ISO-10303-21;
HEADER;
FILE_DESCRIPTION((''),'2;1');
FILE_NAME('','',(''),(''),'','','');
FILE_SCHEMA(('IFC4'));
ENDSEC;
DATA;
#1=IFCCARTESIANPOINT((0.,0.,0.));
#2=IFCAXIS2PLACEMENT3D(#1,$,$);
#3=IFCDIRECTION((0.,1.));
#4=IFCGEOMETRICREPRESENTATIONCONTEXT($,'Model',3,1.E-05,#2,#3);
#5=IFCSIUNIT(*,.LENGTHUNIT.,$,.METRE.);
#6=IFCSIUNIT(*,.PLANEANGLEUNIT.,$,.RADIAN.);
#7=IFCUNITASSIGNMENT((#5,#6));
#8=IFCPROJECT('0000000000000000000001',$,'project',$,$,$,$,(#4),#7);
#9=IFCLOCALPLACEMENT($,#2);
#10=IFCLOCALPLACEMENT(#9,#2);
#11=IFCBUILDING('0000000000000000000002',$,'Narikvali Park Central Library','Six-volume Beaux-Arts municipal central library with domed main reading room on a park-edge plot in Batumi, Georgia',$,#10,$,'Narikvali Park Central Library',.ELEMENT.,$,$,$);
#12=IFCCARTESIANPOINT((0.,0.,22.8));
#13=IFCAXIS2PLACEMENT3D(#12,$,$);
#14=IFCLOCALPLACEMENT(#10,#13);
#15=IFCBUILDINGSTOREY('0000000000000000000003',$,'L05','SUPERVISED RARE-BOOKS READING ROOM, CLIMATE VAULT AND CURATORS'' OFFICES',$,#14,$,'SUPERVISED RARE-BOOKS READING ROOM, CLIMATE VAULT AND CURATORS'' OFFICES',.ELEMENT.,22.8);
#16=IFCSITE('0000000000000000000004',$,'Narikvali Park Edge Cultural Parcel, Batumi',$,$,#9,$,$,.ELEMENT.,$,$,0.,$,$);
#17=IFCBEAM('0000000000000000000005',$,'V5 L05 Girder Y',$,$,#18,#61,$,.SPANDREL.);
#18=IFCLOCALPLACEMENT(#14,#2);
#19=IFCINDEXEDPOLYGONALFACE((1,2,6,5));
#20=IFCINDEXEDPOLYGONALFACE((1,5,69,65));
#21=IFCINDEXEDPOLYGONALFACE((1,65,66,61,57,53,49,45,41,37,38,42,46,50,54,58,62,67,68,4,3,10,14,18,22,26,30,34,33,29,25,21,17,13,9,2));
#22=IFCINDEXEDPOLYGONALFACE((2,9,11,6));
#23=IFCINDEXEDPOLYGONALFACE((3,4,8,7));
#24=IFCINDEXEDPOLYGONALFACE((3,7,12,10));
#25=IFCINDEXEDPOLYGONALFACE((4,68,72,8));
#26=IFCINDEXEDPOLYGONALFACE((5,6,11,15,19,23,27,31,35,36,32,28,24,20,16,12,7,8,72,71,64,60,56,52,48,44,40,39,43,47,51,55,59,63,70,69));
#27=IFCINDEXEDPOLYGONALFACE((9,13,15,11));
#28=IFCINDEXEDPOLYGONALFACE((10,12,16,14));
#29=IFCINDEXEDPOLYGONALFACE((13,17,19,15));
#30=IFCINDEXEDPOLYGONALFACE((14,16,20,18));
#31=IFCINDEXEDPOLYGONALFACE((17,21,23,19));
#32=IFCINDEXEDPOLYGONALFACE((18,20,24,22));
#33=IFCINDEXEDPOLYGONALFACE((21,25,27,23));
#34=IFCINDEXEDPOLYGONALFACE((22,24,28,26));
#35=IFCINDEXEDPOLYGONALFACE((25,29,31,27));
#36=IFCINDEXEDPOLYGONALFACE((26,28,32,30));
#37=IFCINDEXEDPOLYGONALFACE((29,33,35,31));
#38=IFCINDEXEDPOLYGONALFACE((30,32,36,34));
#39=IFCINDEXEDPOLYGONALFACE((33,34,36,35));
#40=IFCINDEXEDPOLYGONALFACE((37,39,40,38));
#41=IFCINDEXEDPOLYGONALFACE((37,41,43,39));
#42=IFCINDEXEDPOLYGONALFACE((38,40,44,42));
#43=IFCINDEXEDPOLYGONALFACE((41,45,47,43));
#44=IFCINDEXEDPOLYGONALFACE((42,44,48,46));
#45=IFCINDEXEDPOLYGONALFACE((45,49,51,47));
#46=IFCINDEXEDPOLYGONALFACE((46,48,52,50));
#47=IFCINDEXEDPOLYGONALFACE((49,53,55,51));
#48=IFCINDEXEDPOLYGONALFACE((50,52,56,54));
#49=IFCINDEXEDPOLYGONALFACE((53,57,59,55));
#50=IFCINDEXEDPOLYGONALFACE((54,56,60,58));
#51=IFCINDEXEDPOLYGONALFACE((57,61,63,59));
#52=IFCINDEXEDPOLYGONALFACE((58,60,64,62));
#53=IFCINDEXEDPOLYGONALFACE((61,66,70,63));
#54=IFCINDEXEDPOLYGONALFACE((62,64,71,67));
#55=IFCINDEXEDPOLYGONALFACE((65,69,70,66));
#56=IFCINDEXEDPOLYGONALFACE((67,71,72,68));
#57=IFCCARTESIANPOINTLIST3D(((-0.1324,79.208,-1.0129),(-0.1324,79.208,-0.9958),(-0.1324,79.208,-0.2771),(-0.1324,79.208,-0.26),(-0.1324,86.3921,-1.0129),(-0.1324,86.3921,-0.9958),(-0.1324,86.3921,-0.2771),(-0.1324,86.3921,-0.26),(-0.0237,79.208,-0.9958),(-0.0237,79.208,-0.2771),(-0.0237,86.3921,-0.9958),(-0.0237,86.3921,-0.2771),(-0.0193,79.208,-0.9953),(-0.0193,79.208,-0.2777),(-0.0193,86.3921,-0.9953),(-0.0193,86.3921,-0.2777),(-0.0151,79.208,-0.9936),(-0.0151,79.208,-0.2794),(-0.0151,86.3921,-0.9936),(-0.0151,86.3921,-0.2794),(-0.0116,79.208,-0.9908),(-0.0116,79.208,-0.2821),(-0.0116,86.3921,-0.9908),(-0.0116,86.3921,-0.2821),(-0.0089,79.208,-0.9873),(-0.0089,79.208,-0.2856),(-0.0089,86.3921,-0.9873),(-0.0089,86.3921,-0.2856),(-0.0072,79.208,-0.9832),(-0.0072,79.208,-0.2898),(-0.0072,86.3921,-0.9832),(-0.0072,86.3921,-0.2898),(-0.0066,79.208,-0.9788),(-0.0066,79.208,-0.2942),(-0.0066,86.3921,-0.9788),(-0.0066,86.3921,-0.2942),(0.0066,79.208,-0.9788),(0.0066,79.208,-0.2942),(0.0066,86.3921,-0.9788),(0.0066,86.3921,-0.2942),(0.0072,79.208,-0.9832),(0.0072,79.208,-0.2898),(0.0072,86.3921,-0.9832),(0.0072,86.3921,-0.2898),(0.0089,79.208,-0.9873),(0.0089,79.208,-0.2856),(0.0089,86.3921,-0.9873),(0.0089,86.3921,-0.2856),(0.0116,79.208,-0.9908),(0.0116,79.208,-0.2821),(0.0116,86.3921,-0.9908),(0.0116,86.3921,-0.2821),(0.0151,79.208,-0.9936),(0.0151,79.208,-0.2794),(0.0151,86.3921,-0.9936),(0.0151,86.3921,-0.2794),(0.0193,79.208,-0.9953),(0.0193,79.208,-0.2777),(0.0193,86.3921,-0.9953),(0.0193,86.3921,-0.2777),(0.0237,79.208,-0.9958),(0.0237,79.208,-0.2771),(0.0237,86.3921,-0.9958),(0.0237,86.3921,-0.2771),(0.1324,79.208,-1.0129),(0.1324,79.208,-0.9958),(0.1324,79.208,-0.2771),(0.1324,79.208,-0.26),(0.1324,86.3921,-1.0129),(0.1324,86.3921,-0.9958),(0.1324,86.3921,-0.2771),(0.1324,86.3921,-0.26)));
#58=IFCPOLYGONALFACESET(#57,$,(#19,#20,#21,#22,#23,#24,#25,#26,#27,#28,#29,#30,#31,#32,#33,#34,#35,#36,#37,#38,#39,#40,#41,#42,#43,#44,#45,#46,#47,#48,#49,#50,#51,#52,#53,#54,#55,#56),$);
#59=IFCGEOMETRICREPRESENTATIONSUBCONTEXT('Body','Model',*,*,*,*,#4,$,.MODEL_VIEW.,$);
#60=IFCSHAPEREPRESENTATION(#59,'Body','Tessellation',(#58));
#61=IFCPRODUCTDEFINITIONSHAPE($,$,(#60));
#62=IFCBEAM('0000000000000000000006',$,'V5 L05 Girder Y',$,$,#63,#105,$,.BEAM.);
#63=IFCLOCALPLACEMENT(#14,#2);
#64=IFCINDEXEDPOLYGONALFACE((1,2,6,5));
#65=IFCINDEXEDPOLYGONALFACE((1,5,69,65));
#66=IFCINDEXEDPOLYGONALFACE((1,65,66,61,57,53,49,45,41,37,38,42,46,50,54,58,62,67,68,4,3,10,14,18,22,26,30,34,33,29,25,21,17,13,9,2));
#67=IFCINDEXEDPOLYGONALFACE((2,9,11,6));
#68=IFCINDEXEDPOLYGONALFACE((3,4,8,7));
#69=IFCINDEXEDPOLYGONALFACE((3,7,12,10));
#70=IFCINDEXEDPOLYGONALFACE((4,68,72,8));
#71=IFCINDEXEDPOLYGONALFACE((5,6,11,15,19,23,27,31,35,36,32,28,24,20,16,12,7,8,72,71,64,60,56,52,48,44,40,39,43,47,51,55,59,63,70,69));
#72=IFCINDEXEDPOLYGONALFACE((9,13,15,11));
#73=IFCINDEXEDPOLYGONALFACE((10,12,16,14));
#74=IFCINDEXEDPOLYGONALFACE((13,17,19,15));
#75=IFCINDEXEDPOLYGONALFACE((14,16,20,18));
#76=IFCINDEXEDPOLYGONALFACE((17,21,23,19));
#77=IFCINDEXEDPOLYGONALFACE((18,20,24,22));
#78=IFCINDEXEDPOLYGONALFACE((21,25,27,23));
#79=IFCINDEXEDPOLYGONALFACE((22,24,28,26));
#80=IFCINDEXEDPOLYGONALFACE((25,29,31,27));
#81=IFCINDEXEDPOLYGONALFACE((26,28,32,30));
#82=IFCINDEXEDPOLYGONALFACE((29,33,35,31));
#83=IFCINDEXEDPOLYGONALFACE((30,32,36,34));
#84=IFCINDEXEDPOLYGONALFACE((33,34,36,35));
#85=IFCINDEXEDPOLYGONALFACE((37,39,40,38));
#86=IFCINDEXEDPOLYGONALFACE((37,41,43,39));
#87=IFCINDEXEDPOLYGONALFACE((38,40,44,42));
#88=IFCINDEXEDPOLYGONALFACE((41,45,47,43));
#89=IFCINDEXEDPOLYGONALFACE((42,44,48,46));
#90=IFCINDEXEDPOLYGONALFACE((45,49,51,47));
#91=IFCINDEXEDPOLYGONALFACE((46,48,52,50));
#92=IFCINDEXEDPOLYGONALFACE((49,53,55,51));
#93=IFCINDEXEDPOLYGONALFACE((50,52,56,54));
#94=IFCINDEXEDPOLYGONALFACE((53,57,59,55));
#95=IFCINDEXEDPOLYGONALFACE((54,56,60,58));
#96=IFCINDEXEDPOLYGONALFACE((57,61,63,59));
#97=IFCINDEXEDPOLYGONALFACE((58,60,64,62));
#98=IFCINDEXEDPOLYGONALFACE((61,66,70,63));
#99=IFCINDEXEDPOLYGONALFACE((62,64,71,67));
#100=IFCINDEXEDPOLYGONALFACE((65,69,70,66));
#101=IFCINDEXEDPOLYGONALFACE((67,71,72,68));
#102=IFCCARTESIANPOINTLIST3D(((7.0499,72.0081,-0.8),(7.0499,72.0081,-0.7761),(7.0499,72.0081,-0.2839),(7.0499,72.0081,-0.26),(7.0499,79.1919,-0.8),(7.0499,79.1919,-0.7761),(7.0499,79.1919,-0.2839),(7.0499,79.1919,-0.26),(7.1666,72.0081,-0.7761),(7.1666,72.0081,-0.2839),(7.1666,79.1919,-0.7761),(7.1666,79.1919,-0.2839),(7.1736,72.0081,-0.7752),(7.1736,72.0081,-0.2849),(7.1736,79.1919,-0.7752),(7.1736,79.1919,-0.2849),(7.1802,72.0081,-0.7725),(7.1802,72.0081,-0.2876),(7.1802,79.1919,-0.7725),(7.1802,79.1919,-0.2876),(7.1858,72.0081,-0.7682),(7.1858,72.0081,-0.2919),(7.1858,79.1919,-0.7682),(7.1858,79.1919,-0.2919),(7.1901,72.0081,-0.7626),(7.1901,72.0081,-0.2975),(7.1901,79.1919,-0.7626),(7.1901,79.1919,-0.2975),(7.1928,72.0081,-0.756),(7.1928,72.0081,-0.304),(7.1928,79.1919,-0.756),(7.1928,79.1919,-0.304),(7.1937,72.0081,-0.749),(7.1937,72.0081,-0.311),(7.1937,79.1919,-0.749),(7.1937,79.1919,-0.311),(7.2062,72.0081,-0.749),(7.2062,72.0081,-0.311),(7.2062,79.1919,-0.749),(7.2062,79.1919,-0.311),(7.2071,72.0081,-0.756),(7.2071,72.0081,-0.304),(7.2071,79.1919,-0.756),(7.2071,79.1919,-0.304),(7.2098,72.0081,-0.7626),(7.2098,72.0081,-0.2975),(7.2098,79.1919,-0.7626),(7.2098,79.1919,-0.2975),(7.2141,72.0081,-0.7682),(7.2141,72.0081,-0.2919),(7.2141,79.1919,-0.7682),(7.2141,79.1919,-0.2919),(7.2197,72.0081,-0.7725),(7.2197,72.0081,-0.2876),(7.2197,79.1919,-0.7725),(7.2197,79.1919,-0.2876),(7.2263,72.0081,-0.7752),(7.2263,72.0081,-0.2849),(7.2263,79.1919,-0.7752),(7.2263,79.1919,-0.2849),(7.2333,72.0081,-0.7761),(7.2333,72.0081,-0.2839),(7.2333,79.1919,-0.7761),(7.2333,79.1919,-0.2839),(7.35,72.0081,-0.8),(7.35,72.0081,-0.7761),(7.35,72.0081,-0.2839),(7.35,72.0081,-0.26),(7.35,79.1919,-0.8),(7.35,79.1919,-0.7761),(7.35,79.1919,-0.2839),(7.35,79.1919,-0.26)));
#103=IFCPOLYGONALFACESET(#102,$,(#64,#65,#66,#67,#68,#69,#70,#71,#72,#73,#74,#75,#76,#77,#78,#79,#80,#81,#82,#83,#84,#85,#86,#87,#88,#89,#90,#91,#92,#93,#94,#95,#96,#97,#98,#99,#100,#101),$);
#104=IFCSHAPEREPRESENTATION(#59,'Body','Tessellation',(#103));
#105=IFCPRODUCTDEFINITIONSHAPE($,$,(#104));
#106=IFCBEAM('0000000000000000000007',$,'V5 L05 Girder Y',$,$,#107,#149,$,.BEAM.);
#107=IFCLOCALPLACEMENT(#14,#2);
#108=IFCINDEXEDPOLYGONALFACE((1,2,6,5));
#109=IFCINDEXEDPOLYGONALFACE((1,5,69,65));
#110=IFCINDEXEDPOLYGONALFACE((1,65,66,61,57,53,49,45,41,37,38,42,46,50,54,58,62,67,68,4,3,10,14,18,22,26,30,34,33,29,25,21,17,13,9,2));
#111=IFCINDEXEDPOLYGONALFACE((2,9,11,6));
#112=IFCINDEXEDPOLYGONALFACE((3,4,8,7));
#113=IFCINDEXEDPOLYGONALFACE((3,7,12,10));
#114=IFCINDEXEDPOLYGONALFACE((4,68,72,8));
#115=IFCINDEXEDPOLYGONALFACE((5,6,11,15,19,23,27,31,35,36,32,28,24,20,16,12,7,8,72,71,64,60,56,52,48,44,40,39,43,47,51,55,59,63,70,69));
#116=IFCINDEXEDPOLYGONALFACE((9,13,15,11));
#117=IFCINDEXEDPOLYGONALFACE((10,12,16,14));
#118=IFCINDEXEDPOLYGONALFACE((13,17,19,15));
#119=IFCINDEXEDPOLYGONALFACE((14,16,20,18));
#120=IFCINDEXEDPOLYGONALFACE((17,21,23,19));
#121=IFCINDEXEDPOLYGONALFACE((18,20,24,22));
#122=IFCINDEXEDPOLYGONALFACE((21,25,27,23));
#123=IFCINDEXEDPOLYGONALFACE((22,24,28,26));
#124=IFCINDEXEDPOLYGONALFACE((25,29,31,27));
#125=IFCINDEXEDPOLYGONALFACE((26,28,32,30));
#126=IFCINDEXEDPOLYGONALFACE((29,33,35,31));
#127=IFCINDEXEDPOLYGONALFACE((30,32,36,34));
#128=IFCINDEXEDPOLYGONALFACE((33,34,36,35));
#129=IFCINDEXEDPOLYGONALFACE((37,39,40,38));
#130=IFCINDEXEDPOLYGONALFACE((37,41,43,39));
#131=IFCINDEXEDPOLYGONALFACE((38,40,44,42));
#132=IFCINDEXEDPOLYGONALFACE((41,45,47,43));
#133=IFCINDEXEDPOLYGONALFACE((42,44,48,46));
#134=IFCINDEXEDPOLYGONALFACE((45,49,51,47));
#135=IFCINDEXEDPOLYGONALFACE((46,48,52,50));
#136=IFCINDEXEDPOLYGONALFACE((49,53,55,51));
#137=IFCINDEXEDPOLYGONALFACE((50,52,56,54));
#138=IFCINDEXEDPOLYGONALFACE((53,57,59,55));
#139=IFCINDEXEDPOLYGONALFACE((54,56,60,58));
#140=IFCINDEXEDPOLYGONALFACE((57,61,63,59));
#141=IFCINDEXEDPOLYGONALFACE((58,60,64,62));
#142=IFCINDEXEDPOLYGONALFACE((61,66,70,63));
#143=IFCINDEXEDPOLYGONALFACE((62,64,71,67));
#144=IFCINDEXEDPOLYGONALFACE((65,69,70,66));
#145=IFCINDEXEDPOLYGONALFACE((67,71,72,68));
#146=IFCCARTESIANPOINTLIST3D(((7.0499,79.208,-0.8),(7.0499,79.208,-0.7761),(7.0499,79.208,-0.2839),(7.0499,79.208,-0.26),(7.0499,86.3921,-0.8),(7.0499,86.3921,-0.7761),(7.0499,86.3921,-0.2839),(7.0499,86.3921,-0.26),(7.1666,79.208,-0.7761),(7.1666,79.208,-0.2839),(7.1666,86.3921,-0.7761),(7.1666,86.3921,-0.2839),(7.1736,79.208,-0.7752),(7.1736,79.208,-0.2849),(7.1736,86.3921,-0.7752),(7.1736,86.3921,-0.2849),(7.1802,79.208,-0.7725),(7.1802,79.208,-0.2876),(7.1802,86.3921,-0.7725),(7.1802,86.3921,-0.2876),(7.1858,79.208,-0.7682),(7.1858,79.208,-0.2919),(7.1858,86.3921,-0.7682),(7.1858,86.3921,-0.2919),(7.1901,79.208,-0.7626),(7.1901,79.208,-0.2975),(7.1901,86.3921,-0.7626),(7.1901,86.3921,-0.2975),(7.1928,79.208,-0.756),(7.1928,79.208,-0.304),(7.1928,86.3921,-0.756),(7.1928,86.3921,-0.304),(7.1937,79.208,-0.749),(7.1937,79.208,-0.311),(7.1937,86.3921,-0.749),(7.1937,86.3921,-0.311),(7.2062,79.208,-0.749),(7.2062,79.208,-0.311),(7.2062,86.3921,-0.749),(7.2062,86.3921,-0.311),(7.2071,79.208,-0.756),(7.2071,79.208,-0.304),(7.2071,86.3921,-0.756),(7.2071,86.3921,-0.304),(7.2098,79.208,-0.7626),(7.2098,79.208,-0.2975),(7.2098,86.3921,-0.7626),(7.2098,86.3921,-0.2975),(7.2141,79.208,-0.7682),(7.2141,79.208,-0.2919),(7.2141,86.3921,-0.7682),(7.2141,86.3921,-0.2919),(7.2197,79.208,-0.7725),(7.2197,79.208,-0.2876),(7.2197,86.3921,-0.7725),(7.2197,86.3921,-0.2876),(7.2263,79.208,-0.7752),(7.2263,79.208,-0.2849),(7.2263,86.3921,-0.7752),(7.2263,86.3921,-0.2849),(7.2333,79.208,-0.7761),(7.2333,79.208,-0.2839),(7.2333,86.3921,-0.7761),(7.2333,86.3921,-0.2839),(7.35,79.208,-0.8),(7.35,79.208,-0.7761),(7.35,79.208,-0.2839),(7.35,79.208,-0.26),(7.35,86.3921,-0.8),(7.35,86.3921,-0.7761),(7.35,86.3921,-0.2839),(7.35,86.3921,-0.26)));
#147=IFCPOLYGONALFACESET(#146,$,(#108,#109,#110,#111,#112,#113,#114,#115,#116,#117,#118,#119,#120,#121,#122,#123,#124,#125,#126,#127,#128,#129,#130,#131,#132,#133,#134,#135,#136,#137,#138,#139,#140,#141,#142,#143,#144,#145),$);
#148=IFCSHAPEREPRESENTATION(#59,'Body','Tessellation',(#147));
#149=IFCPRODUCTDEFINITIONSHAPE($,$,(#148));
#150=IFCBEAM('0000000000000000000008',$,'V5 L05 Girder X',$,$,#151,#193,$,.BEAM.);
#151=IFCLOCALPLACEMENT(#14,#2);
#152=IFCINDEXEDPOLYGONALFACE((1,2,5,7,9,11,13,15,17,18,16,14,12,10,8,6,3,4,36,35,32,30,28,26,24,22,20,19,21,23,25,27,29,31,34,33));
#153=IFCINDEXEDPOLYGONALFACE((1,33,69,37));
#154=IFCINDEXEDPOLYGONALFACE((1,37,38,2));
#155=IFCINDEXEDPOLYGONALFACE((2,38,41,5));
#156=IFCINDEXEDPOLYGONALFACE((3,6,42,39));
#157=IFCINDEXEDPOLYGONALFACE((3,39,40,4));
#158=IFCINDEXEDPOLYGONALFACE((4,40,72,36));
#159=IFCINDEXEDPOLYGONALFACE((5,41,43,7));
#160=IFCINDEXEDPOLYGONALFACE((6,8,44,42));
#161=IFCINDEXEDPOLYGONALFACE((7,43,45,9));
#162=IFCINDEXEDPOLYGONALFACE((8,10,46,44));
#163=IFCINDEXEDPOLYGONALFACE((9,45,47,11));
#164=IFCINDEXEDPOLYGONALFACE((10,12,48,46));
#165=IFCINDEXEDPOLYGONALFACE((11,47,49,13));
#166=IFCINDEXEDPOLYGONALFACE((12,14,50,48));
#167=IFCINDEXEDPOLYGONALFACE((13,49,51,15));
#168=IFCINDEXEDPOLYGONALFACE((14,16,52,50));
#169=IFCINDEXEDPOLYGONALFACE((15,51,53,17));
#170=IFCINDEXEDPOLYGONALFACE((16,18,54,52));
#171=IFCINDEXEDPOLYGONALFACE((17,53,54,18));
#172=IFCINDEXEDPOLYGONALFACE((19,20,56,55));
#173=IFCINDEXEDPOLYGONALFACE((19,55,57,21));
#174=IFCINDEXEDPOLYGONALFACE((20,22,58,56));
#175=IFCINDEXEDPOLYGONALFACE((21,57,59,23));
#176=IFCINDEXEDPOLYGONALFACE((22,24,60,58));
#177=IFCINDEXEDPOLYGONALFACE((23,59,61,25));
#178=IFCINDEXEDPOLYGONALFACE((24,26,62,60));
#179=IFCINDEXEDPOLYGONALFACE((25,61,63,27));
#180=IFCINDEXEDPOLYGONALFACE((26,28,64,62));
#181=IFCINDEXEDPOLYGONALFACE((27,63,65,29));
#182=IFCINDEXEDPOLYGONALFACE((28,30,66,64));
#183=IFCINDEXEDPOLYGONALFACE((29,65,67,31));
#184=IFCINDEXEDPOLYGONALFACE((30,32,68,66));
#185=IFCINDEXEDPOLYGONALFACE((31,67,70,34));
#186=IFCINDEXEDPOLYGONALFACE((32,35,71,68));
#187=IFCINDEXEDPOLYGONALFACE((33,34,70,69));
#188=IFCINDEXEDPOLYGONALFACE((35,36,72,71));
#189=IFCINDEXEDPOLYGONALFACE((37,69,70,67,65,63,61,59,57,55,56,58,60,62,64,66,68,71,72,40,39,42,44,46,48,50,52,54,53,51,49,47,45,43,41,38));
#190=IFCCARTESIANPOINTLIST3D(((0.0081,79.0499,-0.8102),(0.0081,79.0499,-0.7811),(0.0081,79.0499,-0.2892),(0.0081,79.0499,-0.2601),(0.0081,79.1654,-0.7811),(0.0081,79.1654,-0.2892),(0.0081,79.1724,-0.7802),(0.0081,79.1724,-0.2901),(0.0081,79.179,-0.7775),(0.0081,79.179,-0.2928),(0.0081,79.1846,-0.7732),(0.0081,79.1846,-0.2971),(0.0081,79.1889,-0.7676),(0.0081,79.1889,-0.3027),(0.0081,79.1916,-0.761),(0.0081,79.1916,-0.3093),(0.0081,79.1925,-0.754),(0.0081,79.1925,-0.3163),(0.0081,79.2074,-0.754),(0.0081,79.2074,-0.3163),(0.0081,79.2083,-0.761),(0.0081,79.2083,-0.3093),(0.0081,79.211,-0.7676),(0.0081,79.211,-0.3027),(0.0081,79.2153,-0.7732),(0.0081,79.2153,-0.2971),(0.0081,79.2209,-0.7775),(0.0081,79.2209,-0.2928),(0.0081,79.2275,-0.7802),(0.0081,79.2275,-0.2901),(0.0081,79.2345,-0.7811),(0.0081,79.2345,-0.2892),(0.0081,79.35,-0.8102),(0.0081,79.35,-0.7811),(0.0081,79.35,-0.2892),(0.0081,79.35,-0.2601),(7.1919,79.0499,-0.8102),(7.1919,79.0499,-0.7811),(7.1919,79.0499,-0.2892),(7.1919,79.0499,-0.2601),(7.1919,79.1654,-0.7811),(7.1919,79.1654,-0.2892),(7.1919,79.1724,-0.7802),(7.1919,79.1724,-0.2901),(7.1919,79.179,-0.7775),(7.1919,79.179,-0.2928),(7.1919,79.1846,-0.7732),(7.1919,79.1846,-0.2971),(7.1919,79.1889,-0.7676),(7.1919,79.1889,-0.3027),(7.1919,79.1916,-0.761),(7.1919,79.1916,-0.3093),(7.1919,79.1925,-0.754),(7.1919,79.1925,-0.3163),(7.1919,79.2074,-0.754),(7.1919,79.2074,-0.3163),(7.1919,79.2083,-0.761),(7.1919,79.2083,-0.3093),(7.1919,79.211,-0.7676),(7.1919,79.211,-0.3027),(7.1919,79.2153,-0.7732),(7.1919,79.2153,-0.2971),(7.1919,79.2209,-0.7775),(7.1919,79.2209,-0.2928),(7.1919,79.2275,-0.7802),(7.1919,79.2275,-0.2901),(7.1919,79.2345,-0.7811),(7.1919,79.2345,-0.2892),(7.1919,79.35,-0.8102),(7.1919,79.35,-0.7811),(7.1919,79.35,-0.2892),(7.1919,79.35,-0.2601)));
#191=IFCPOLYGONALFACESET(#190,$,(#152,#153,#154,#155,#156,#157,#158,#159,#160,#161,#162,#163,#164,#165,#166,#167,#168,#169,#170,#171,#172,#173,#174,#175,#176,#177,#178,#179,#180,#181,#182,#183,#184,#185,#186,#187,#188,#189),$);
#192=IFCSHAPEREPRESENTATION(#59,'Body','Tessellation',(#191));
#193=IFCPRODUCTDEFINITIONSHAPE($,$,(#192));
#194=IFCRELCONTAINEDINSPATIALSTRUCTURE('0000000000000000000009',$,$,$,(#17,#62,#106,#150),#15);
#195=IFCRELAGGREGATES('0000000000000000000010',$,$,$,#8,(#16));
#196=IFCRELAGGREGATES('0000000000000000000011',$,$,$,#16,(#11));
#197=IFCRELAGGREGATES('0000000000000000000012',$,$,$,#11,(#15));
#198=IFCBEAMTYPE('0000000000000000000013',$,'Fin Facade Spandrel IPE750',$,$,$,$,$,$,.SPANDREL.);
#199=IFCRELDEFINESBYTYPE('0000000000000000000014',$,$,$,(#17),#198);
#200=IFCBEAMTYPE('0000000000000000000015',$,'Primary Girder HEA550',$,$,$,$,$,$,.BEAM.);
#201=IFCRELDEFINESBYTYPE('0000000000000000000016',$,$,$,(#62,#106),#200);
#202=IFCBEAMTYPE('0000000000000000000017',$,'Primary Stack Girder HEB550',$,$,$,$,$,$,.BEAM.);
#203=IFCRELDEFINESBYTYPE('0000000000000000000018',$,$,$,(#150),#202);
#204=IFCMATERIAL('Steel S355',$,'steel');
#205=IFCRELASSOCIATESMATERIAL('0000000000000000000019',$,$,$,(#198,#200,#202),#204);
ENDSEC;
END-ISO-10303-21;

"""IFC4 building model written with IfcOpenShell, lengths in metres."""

from ifc_helpers import new_model, si_unit, direction, frame, origin, origin_2d, place, context, subcontext, project, spatial, i_section, extrude, material, material_profile, profile_set, type_object, element, save


model = new_model("IFC4")

# Units and contexts
model_context = context("Model", 3, precision=1e-05, world=origin(), true_north=direction((0.0, 1.0)))
body_context = subcontext(model_context, "Body", "Model", "MODEL_VIEW")
ifc_project = project(units=[si_unit("LENGTHUNIT", "METRE"), si_unit("PLANEANGLEUNIT", "RADIAN")], contexts=[model_context])

# Site, building, storey
site_placement = place(None, origin())
site = spatial("IfcSite", under=ifc_project, at=site_placement, Name="Narikvali Park Edge Cultural Parcel, Batumi", CompositionType="ELEMENT", RefElevation=0.0)
building_placement = place(site_placement, origin())
building = spatial("IfcBuilding", under=site, at=building_placement, Name="Narikvali Park Central Library", Description="Six-volume Beaux-Arts municipal central library with domed main reading room on a park-edge plot in Batumi, Georgia", LongName="Narikvali Park Central Library", CompositionType="ELEMENT")
storey_placement = place(building_placement, frame((0.0, 0.0, 22.8)))
storey = spatial("IfcBuildingStorey", under=building, at=storey_placement, Name="L05", Description="SUPERVISED RARE-BOOKS READING ROOM, CLIMATE VAULT AND CURATORS' OFFICES", LongName="SUPERVISED RARE-BOOKS READING ROOM, CLIMATE VAULT AND CURATORS' OFFICES", CompositionType="ELEMENT", Elevation=22.8)

# Shared definitions
ifc_material_1 = material(Name="Steel S355", Category="steel")

# Beams
ifc_material_profile_1 = material_profile(ifc_material_1, i_section(OverallWidth=0.2649, OverallDepth=0.7529, WebThickness=0.0132, FlangeThickness=0.0171, FilletRadius=0.0171, at=origin_2d()), Name="IPE 750x147")
ifc_profile_set_1 = profile_set([ifc_material_profile_1], Name="Steel S355")
beam_type_1 = type_object("IfcBeamType", Name="Fin Facade Spandrel IPE750", PredefinedType="SPANDREL", material=ifc_profile_set_1)
beam_1_placement = place(storey_placement, frame((0.0, 79.208, -0.6365), z_axis=(0.0, 1.0, 0.0), x_axis=(-1.0, 0.0, 0.0)))
element("IfcBeam", 1, at=beam_1_placement, inside=storey, type_object=beam_type_1, Name="V5 L05 Girder Y", PredefinedType="SPANDREL", context=body_context, shape_type="SweptSolid", body=[
    extrude(i_section(OverallWidth=0.2649, OverallDepth=0.7529, WebThickness=0.0132, FlangeThickness=0.0171, FilletRadius=0.0171, at=origin_2d()), origin(), (0.0, 0.0, 1.0), 7.1841),
])
ifc_material_profile_2 = material_profile(ifc_material_1, i_section(OverallWidth=0.3, OverallDepth=0.54, WebThickness=0.0125, FlangeThickness=0.0239, FilletRadius=0.0271, at=origin_2d()), Name="HEA 550")
ifc_profile_set_2 = profile_set([ifc_material_profile_2], Name="Steel S355")
beam_type_2 = type_object("IfcBeamType", Name="Primary Girder HEA550", PredefinedType="BEAM", material=ifc_profile_set_2)
beam_2_placement = place(storey_placement, frame((7.2, 72.0081, -0.53), z_axis=(0.0, 1.0, 0.0), x_axis=(-1.0, 0.0, 0.0)))
element("IfcBeam", 2, at=beam_2_placement, inside=storey, type_object=beam_type_2, Name="V5 L05 Girder Y", PredefinedType="BEAM", context=body_context, shape_type="SweptSolid", body=[
    extrude(i_section(OverallWidth=0.3, OverallDepth=0.54, WebThickness=0.0125, FlangeThickness=0.0239, FilletRadius=0.0271, at=origin_2d()), origin(), (0.0, 0.0, 1.0), 7.1838),
])
beam_3_placement = place(storey_placement, frame((7.2, 79.208, -0.53), z_axis=(0.0, 1.0, 0.0), x_axis=(-1.0, 0.0, 0.0)))
element("IfcBeam", 3, at=beam_3_placement, inside=storey, type_object=beam_type_2, Name="V5 L05 Girder Y", PredefinedType="BEAM", context=body_context, shape_type="SweptSolid", body=[
    extrude(i_section(OverallWidth=0.3, OverallDepth=0.54, WebThickness=0.0125, FlangeThickness=0.0239, FilletRadius=0.0271, at=origin_2d()), origin(), (0.0, 0.0, 1.0), 7.1841),
])
ifc_material_profile_3 = material_profile(ifc_material_1, i_section(OverallWidth=0.3, OverallDepth=0.55, WebThickness=0.0149, FlangeThickness=0.0291, FilletRadius=0.0271, at=origin_2d()), Name="HEB 550")
ifc_profile_set_3 = profile_set([ifc_material_profile_3], Name="Steel S355")
beam_type_3 = type_object("IfcBeamType", Name="Primary Stack Girder HEB550", PredefinedType="BEAM", material=ifc_profile_set_3)
beam_4_placement = place(storey_placement, frame((0.0081, 79.2, -0.5352), z_axis=(1.0, 0.0, 0.0), x_axis=(0.0, 1.0, 0.0)))
element("IfcBeam", 4, at=beam_4_placement, inside=storey, type_object=beam_type_3, Name="V5 L05 Girder X", PredefinedType="BEAM", context=body_context, shape_type="SweptSolid", body=[
    extrude(i_section(OverallWidth=0.3, OverallDepth=0.55, WebThickness=0.0149, FlangeThickness=0.0291, FilletRadius=0.0271, at=origin_2d()), origin(), (0.0, 0.0, 1.0), 7.1838),
])

save(model, "model.ifc")
